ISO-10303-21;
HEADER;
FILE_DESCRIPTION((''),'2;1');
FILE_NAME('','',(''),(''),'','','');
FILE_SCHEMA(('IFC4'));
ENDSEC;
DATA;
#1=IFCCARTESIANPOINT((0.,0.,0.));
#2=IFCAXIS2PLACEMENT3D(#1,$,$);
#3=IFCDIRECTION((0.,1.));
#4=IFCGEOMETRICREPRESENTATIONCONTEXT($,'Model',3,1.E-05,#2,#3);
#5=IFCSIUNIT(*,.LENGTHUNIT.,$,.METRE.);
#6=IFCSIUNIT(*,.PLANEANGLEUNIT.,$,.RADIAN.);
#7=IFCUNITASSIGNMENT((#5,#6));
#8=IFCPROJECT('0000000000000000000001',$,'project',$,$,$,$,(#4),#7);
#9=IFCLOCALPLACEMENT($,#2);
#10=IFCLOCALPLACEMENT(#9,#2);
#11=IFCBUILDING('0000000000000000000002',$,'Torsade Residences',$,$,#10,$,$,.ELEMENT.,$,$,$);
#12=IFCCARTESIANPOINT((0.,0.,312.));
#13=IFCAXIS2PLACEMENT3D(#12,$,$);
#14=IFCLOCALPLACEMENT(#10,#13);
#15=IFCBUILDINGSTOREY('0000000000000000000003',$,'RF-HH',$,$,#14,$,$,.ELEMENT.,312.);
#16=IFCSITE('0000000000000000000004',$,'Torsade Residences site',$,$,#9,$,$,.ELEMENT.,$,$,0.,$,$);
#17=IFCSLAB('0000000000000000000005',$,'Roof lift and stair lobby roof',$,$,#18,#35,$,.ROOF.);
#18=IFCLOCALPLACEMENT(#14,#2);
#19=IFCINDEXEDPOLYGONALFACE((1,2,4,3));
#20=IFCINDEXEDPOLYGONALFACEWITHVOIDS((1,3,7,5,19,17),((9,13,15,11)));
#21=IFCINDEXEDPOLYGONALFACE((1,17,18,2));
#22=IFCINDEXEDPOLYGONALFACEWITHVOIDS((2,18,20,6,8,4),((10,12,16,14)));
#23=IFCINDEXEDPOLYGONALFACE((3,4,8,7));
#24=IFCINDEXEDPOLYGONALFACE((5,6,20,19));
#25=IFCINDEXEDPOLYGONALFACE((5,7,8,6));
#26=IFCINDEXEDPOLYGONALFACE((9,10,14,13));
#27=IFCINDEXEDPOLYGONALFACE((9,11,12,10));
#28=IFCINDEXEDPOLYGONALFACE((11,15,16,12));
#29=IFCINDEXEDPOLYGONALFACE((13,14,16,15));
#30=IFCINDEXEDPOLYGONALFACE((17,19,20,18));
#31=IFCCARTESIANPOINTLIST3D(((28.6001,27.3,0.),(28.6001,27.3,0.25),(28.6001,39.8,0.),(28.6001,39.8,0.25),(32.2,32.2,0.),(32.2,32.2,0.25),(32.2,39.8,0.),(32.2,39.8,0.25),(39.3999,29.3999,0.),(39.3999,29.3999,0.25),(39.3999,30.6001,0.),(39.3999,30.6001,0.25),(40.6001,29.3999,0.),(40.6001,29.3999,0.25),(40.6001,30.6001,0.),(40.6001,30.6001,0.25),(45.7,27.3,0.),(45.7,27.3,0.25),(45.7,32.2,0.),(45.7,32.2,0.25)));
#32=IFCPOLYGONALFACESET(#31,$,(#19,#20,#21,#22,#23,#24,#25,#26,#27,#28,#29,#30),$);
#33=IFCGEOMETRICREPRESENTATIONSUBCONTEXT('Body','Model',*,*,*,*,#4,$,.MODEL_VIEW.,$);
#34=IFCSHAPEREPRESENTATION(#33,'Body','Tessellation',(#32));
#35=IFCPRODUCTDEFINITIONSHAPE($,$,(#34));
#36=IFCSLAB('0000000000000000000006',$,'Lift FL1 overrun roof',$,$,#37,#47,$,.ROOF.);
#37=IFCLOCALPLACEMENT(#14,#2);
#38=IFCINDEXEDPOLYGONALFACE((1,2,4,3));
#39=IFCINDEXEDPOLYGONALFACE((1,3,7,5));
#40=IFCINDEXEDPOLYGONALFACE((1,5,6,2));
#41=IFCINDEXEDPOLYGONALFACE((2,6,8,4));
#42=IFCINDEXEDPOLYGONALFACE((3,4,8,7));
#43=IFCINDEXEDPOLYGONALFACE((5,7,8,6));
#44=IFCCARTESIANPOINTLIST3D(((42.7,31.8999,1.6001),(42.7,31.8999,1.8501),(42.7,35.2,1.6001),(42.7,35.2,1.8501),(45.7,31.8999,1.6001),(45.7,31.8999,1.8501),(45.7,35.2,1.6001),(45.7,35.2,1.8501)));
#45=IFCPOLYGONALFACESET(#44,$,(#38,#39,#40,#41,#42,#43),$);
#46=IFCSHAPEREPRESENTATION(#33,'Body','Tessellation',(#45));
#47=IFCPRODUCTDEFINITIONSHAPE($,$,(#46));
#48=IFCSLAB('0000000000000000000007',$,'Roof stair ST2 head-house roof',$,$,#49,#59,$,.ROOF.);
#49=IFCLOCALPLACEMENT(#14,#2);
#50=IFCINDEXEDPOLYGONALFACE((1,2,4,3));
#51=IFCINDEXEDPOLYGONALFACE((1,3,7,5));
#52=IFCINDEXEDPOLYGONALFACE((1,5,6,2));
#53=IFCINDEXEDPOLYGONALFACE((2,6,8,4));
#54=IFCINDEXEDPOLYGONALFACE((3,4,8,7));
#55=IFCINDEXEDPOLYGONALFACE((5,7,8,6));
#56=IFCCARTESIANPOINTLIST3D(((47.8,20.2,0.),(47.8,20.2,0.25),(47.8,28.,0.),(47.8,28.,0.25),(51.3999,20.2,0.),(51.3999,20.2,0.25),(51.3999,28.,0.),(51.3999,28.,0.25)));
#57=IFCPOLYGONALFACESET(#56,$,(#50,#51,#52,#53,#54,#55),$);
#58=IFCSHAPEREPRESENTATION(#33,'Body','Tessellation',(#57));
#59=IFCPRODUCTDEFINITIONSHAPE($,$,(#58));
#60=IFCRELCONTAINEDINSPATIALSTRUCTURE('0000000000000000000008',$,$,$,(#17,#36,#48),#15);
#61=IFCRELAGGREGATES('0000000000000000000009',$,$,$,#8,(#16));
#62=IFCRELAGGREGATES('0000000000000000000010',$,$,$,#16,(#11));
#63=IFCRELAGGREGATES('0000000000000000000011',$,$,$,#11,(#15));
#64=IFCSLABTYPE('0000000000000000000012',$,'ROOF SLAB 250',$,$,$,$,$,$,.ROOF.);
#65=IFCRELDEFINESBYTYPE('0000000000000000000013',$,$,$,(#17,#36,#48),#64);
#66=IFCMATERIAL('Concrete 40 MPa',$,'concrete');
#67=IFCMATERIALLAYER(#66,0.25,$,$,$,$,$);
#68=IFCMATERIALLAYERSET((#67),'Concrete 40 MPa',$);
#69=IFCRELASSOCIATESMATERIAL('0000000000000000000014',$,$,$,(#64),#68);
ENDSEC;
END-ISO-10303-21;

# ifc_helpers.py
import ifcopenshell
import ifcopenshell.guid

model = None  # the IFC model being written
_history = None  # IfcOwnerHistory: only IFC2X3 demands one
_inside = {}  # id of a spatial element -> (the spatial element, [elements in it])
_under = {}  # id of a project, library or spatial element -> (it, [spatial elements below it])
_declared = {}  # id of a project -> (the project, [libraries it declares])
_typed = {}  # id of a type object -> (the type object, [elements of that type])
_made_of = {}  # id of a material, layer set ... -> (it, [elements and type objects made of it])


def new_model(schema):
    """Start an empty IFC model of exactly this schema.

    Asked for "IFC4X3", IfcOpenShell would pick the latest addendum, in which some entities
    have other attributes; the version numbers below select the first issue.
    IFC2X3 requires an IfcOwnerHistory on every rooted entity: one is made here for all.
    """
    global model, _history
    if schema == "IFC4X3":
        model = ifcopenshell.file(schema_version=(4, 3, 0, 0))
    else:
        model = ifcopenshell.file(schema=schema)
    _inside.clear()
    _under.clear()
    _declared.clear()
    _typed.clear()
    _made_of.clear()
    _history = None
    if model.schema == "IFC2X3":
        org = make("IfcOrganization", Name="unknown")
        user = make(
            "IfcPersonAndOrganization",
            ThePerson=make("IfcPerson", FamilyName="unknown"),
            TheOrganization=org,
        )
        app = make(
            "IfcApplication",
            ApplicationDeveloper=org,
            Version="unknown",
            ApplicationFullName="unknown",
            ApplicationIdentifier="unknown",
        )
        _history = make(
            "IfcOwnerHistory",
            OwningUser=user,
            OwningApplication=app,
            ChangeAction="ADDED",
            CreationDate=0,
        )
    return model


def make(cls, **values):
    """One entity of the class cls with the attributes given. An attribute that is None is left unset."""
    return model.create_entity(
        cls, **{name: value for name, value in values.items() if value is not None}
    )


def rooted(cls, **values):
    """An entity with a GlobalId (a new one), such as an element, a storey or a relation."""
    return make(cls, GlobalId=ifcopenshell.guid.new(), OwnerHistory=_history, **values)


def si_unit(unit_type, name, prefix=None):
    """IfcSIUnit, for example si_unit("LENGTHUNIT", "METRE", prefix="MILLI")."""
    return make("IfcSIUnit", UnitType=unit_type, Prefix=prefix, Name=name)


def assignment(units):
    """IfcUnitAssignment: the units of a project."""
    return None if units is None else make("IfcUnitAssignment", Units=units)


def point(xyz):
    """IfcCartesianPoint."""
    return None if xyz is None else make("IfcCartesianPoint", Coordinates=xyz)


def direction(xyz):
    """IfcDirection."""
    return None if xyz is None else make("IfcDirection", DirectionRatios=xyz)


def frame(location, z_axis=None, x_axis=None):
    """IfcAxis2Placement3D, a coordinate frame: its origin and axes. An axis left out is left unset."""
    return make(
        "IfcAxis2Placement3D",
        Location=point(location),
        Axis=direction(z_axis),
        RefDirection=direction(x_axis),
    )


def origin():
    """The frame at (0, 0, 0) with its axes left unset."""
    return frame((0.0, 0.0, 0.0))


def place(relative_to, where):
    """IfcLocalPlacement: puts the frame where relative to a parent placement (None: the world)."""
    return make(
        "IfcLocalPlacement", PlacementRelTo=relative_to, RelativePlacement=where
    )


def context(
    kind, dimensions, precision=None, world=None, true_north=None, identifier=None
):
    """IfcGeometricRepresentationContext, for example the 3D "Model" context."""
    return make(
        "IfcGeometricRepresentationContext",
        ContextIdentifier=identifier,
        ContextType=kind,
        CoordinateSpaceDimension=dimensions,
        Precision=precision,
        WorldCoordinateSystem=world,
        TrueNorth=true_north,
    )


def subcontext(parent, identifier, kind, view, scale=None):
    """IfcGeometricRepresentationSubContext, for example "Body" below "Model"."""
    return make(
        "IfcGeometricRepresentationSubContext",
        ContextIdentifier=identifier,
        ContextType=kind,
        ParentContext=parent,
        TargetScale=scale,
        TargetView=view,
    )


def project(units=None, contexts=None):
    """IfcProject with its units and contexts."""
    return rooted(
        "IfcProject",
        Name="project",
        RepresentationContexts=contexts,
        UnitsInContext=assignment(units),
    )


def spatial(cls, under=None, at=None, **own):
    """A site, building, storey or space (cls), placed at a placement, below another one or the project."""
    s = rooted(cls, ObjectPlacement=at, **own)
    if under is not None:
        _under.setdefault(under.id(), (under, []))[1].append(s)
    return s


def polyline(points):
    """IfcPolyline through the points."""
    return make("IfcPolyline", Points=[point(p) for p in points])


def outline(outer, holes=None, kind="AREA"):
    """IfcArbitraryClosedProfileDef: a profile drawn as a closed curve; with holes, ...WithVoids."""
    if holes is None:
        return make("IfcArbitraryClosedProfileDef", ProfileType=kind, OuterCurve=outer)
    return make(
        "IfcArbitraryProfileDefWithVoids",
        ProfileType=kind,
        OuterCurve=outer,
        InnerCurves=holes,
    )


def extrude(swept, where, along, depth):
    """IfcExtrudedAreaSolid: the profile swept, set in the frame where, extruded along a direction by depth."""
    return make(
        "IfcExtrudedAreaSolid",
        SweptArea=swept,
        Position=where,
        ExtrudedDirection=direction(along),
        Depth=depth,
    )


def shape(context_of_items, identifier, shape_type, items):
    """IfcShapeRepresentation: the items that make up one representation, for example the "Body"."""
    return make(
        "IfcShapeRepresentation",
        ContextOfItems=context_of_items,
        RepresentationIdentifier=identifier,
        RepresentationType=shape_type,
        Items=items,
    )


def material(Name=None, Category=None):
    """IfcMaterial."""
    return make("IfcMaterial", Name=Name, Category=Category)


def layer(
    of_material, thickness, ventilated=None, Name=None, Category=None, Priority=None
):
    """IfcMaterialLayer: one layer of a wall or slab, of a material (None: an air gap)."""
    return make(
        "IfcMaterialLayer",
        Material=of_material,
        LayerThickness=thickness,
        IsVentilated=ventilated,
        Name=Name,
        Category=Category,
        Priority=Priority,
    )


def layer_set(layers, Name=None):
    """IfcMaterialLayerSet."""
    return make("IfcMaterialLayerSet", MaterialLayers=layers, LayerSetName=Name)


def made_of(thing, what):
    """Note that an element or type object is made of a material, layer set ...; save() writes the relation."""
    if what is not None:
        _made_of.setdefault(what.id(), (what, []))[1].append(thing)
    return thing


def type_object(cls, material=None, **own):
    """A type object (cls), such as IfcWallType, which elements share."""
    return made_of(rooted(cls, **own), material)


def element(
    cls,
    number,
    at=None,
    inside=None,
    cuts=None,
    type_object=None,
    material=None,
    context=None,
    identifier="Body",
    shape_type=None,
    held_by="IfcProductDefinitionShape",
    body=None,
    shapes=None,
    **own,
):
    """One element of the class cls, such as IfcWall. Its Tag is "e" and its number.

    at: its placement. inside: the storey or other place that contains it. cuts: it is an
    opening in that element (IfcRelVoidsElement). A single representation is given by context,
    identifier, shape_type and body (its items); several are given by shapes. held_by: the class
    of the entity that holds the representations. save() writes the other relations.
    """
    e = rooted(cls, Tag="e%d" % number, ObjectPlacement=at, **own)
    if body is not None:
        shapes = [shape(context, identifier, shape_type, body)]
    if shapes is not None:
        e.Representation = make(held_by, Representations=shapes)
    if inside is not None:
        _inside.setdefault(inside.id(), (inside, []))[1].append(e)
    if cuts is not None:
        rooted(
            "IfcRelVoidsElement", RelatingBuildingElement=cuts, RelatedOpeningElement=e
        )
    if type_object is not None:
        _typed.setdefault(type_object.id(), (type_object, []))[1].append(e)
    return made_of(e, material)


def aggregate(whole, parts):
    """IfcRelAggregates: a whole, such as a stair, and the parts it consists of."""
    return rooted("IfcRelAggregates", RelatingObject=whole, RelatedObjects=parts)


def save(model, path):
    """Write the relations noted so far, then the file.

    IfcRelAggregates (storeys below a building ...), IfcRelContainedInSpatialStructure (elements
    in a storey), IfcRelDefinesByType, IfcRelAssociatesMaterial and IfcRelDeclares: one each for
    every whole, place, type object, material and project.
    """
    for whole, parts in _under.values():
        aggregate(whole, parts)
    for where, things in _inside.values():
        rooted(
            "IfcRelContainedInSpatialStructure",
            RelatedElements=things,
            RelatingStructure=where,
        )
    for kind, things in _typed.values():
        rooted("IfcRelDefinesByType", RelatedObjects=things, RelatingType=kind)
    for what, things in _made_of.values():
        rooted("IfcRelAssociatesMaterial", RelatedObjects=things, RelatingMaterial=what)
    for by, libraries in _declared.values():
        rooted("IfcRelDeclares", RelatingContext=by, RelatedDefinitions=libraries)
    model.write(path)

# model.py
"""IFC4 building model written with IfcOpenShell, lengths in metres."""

from ifc_helpers import new_model, si_unit, direction, frame, origin, place, context, subcontext, project, spatial, polyline, outline, extrude, material, layer, layer_set, type_object, element, save


model = new_model("IFC4")

# Units and contexts
model_context = context("Model", 3, precision=1e-05, world=origin(), true_north=direction((0.0, 1.0)))
body_context = subcontext(model_context, "Body", "Model", "MODEL_VIEW")
ifc_project = project(units=[si_unit("LENGTHUNIT", "METRE"), si_unit("PLANEANGLEUNIT", "RADIAN")], contexts=[model_context])

# Site, building, storey
site_placement = place(None, origin())
site = spatial("IfcSite", under=ifc_project, at=site_placement, Name="Torsade Residences site", CompositionType="ELEMENT", RefElevation=0.0)
building_placement = place(site_placement, origin())
building = spatial("IfcBuilding", under=site, at=building_placement, Name="Torsade Residences", CompositionType="ELEMENT")
storey_placement = place(building_placement, frame((0.0, 0.0, 312.0)))
storey = spatial("IfcBuildingStorey", under=building, at=storey_placement, Name="RF-HH", CompositionType="ELEMENT", Elevation=312.0)

# Slabs
ifc_material = material(Name="Concrete 40 MPa", Category="concrete")
ifc_layer = layer(ifc_material, 0.25)
ifc_layer_set = layer_set([ifc_layer], Name="Concrete 40 MPa")
slab_type = type_object("IfcSlabType", Name="ROOF SLAB 250", PredefinedType="ROOF", material=ifc_layer_set)
slab_1_placement = place(storey_placement, origin())
element("IfcSlab", 1, at=slab_1_placement, inside=storey, type_object=slab_type, Name="Roof lift and stair lobby roof", PredefinedType="ROOF", context=body_context, shape_type="SweptSolid", body=[
    extrude(outline(polyline([(28.6001, 27.3), (45.7, 27.3), (45.7, 32.2), (32.2, 32.2), (32.2, 39.8), (28.6001, 39.8), (28.6001, 27.3)]), holes=[polyline([(39.3999, 29.3999), (40.6001, 29.3999), (40.6001, 30.6001), (39.3999, 30.6001), (39.3999, 29.3999)])]), origin(), (0.0, 0.0, 1.0), 0.25),
])
slab_2_placement = place(storey_placement, frame((0.0, 0.0, 1.6001)))
element("IfcSlab", 2, at=slab_2_placement, inside=storey, type_object=slab_type, Name="Lift FL1 overrun roof", PredefinedType="ROOF", context=body_context, shape_type="SweptSolid", body=[
    extrude(outline(polyline([(42.7, 31.8999), (45.7, 31.8999), (45.7, 35.2), (42.7, 35.2), (42.7, 31.8999)])), origin(), (0.0, 0.0, 1.0), 0.25),
])
slab_3_placement = place(storey_placement, origin())
element("IfcSlab", 3, at=slab_3_placement, inside=storey, type_object=slab_type, Name="Roof stair ST2 head-house roof", PredefinedType="ROOF", context=body_context, shape_type="SweptSolid", body=[
    extrude(outline(polyline([(47.8, 20.2), (51.3999, 20.2), (51.3999, 28.0), (47.8, 28.0), (47.8, 20.2)])), origin(), (0.0, 0.0, 1.0), 0.25),
])

save(model, "model.ifc")
